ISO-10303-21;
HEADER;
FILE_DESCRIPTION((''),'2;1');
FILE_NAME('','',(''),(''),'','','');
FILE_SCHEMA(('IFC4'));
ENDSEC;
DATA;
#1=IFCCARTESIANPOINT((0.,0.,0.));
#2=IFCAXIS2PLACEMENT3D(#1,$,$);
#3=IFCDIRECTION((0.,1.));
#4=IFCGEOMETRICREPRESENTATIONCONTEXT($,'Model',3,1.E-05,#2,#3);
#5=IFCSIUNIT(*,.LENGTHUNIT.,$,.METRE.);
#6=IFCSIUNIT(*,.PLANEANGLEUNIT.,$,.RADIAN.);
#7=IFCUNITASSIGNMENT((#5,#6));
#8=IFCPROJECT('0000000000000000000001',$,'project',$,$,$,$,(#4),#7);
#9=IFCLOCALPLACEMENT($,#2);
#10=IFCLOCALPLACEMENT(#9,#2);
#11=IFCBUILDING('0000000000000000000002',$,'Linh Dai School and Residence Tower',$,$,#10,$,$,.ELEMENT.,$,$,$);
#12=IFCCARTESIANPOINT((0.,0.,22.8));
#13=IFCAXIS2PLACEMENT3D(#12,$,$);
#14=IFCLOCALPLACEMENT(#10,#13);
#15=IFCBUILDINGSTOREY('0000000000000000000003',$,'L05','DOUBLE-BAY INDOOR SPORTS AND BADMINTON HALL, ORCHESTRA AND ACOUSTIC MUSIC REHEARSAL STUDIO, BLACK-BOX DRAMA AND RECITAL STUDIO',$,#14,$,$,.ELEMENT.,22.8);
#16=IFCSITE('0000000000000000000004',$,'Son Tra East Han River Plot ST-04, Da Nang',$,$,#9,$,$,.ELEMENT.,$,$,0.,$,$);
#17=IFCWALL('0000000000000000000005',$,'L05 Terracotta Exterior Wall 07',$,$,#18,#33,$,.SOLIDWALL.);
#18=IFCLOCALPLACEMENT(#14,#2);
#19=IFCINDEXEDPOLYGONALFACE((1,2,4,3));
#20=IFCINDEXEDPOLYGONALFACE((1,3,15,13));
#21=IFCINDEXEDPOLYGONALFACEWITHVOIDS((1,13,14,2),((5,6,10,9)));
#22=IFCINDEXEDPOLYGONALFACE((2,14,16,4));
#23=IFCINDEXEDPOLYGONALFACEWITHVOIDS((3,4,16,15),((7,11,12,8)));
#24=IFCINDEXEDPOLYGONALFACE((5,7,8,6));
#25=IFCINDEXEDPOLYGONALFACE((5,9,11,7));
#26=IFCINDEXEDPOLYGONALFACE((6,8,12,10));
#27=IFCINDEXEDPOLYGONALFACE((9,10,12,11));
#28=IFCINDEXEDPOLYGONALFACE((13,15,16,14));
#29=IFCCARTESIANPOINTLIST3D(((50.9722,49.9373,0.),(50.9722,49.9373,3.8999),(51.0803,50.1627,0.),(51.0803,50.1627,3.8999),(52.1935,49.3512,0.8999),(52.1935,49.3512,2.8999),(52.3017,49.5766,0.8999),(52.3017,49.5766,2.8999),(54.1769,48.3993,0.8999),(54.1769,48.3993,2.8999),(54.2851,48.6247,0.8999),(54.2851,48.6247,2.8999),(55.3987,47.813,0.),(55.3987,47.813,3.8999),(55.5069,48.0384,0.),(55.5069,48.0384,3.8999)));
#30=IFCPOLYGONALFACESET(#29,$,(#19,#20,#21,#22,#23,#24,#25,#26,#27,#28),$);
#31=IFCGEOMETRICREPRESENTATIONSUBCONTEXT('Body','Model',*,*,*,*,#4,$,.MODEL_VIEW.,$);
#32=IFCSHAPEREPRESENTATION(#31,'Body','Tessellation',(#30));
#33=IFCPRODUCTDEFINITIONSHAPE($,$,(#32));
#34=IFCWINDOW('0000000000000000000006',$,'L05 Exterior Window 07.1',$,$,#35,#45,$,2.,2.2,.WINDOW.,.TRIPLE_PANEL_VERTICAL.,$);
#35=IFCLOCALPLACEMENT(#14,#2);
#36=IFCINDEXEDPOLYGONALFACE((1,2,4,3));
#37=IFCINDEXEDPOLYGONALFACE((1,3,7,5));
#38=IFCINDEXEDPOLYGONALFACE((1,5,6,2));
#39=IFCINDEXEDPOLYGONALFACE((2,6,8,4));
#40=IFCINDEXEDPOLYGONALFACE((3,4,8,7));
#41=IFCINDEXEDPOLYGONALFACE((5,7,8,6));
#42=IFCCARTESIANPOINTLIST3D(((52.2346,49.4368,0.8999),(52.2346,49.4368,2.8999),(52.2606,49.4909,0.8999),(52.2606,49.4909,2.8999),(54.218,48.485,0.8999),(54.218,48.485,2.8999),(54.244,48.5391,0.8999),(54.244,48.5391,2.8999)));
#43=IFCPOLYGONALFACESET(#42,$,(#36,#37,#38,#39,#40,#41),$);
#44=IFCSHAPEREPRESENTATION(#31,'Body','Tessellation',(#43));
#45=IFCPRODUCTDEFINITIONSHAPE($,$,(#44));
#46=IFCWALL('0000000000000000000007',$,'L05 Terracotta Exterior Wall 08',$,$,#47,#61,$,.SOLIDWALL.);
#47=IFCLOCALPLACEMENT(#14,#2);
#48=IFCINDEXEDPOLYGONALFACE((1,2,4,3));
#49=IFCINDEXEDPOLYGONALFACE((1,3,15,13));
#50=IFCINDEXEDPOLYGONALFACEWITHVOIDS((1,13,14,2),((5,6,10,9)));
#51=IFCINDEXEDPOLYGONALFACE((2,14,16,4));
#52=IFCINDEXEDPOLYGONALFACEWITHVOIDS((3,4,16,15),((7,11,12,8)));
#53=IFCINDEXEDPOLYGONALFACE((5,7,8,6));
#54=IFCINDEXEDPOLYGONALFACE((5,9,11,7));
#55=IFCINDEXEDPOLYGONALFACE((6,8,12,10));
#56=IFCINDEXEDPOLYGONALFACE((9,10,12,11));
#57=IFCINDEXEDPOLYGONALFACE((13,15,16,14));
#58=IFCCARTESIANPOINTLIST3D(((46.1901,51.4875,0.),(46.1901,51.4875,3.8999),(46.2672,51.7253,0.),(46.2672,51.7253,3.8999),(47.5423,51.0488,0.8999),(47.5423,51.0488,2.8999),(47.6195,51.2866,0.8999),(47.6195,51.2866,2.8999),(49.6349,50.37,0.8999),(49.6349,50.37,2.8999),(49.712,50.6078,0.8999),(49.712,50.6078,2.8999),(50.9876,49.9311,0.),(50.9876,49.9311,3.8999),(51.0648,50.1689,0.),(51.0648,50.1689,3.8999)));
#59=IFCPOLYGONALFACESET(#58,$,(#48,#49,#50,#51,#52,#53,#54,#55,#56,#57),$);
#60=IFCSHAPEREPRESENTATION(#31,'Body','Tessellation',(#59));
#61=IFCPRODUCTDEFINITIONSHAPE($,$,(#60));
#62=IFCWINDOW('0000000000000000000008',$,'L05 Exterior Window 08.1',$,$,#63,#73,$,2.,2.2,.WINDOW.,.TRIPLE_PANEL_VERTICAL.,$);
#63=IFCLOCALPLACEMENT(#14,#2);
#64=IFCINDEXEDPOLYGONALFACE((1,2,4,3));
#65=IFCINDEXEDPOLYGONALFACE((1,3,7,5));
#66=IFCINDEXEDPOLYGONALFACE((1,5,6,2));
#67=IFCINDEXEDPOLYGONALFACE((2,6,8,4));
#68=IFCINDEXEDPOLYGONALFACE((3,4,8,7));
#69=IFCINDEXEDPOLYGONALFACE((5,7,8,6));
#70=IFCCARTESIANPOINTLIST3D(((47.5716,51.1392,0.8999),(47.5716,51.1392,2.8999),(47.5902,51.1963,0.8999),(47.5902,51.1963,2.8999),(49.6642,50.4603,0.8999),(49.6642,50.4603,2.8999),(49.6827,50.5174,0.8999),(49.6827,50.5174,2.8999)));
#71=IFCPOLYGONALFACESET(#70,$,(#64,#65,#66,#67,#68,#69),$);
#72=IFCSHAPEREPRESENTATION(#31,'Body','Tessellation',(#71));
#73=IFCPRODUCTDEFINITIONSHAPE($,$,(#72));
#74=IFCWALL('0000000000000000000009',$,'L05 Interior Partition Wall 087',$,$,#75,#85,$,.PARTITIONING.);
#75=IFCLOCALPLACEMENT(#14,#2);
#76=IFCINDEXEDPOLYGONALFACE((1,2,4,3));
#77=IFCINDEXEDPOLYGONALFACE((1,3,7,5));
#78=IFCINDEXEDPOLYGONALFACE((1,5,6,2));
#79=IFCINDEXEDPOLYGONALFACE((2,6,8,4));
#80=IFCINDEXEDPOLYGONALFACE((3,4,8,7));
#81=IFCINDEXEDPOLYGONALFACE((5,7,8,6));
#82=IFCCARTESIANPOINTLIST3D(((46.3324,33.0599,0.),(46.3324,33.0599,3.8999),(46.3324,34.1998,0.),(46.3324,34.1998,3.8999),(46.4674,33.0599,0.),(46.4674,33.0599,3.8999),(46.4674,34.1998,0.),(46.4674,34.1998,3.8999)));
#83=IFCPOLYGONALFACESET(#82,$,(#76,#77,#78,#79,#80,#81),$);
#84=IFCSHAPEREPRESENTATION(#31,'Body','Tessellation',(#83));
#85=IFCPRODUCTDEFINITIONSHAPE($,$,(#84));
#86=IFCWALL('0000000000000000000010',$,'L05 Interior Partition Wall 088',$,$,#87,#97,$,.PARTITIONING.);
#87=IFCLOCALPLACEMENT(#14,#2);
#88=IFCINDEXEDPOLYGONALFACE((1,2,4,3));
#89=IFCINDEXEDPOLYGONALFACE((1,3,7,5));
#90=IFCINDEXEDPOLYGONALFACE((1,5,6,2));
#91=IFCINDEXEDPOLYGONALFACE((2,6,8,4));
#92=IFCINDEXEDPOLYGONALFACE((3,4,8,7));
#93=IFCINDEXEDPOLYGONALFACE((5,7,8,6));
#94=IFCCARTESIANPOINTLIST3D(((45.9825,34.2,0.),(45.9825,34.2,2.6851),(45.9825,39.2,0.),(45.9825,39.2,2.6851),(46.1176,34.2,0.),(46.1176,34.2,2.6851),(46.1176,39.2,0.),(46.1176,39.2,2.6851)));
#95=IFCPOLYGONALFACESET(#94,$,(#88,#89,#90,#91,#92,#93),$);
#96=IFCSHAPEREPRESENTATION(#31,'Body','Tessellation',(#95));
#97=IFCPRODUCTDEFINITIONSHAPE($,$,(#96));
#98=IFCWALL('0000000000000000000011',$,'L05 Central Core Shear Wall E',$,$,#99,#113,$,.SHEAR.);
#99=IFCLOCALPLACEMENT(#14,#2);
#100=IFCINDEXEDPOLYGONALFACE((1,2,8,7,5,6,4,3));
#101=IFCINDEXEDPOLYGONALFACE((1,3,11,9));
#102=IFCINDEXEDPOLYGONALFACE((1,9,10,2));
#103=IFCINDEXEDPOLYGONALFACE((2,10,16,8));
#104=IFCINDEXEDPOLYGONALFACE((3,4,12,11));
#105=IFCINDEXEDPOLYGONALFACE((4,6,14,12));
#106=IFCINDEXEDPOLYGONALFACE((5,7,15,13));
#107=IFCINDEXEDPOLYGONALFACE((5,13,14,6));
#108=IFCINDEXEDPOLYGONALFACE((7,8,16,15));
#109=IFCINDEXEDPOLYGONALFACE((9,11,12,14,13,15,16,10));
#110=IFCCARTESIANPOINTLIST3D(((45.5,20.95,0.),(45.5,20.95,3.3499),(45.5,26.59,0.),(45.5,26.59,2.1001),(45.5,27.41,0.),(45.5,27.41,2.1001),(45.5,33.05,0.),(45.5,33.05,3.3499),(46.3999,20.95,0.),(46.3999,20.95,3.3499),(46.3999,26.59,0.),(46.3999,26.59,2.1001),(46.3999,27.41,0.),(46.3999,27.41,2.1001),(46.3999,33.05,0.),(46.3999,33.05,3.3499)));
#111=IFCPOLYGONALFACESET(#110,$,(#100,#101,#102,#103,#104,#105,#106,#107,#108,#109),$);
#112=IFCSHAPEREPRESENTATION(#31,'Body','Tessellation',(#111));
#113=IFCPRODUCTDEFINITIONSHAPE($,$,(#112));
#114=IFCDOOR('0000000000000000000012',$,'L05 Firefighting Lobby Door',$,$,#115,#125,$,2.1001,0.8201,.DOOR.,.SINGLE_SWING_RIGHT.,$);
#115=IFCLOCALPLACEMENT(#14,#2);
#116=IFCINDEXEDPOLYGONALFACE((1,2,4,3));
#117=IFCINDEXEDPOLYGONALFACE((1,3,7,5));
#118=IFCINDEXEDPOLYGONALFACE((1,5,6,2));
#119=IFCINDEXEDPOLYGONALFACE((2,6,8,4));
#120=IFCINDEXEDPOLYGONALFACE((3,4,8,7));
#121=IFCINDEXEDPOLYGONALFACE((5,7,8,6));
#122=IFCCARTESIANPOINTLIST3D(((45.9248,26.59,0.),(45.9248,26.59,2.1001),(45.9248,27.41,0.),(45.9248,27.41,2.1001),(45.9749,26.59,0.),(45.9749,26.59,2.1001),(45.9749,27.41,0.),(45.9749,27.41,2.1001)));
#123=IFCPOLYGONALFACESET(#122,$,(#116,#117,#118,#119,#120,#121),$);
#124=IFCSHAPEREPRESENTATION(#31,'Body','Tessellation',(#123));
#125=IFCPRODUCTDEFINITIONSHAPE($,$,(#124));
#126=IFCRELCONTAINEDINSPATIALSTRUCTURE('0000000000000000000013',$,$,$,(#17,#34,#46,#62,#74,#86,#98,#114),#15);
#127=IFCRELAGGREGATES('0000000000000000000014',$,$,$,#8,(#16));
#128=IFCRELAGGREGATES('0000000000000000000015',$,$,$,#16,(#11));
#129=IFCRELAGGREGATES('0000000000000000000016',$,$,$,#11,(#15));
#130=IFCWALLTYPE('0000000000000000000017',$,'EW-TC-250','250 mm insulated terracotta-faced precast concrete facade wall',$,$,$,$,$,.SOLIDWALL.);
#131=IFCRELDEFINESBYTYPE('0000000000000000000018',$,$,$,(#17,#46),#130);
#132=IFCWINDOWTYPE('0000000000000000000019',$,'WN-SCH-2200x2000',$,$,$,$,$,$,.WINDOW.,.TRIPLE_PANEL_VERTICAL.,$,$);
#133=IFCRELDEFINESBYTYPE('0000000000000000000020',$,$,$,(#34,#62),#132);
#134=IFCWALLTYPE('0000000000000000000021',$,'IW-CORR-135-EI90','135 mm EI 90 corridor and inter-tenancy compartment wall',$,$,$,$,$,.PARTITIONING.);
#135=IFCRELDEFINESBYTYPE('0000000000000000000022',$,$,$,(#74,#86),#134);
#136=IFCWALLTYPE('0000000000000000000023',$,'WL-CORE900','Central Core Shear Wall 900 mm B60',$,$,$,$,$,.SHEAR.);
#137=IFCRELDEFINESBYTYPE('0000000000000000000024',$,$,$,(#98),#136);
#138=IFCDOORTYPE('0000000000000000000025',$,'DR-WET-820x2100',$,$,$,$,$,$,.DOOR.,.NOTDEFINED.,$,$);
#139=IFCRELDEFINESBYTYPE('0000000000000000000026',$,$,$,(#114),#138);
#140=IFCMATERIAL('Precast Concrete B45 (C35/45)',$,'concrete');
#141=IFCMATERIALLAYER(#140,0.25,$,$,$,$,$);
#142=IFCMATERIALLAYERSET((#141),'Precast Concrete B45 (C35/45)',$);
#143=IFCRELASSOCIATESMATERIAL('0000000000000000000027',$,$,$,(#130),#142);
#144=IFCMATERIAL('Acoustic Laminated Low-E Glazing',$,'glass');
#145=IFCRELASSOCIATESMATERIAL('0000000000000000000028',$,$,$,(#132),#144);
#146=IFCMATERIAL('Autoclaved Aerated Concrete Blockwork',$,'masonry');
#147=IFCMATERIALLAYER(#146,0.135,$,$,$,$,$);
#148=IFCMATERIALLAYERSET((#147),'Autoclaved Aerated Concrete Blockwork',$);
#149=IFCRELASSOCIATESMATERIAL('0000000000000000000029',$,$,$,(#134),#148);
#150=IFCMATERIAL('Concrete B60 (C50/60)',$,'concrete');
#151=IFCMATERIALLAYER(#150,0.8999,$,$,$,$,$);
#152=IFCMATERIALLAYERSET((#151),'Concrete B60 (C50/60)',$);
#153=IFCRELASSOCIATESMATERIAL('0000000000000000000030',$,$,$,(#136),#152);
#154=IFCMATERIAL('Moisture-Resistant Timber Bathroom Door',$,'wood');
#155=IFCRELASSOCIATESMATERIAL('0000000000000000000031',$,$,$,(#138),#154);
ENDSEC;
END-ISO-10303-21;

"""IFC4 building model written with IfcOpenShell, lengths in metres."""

from ifc_helpers import new_model, si_unit, direction, frame, frame_2d, origin, origin_2d, place, context, subcontext, project, spatial, rectangle, extrude, source, transform, mapped, material, layer, layer_set, type_object, element, fill, save


model = new_model("IFC4")

# Units and contexts
model_context = context("Model", 3, precision=1e-05, world=origin(), true_north=direction((0.0, 1.0)))
body_context = subcontext(model_context, "Body", "Model", "MODEL_VIEW")
ifc_project = project(units=[si_unit("LENGTHUNIT", "METRE"), si_unit("PLANEANGLEUNIT", "RADIAN")], contexts=[model_context])

# Site, building, storey
site_placement = place(None, origin())
site = spatial("IfcSite", under=ifc_project, at=site_placement, Name="Son Tra East Han River Plot ST-04, Da Nang", CompositionType="ELEMENT", RefElevation=0.0)
building_placement = place(site_placement, origin())
building = spatial("IfcBuilding", under=site, at=building_placement, Name="Linh Dai School and Residence Tower", CompositionType="ELEMENT")
storey_placement = place(building_placement, frame((0.0, 0.0, 22.8)))
storey = spatial("IfcBuildingStorey", under=building, at=storey_placement, Name="L05", Description="DOUBLE-BAY INDOOR SPORTS AND BADMINTON HALL, ORCHESTRA AND ACOUSTIC MUSIC REHEARSAL STUDIO, BLACK-BOX DRAMA AND RECITAL STUDIO", CompositionType="ELEMENT", Elevation=22.8)

# Shared definitions
ifc_material_1 = material(Name="Concrete B60 (C50/60)", Category="concrete")

# Shared definitions
ifc_material_2 = material(Name="Precast Concrete B45 (C35/45)", Category="concrete")
ifc_layer_1 = layer(ifc_material_2, 0.25)
ifc_layer_set_1 = layer_set([ifc_layer_1], Name="Precast Concrete B45 (C35/45)")
wall_type_1 = type_object("IfcWallType", Name="EW-TC-250", Description="250 mm insulated terracotta-faced precast concrete facade wall", PredefinedType="SOLIDWALL", material=ifc_layer_set_1)

# Shared definitions
ifc_material_3 = material(Name="Acoustic Laminated Low-E Glazing", Category="glass")
window_type = type_object("IfcWindowType", Name="WN-SCH-2200x2000", PartitioningType="TRIPLE_PANEL_VERTICAL", PredefinedType="WINDOW", material=ifc_material_3)
shared_shape_1 = source(origin(), body_context, "Body", "SweptSolid", [
    extrude(rectangle(XDim=2.2, YDim=2.0, at=origin_2d()), frame((1.1001, 0.03, 1.0), z_axis=(0.0, -1.0, 0.0), x_axis=(1.0, 0.0, 0.0)), (0.0, 0.0, 1.0), 0.0601),
])

# Walls, openings, windows
wall_1_placement = place(storey_placement, frame((51.0261, 50.05, 0.0), z_axis=(0.0, 0.0, 1.0), x_axis=(0.90156, -0.432655, 0.0)))
wall_1 = element("IfcWall", 1, at=wall_1_placement, inside=storey, type_object=wall_type_1, Name="L05 Terracotta Exterior Wall 07", PredefinedType="SOLIDWALL", context=body_context, shape_type="SweptSolid", body=[
    extrude(rectangle(XDim=4.9099, YDim=0.25, at=frame_2d((2.4551, 0.0))), origin(), (0.0, 0.0, 1.0), 3.8999),
])
opening_1_placement = place(wall_1_placement, frame((1.3547, 0.0, 0.8999)))
opening_1 = element("IfcOpeningElement", 2, at=opening_1_placement, cuts=wall_1, PredefinedType="OPENING", context=body_context, shape_type="SweptSolid", body=[
    extrude(rectangle(XDim=2.2, YDim=2.0, at=origin_2d()), frame((1.1001, 0.135, 1.0), z_axis=(0.0, -1.0, 0.0), x_axis=(1.0, 0.0, 0.0)), (0.0, 0.0, 1.0), 0.27),
])
window_1_placement = place(opening_1_placement, origin())
window_1 = element("IfcWindow", 3, at=window_1_placement, inside=storey, type_object=window_type, Name="L05 Exterior Window 07.1", OverallHeight=2.0, OverallWidth=2.2, PartitioningType="TRIPLE_PANEL_VERTICAL", PredefinedType="WINDOW", context=body_context, shape_type="MappedRepresentation", body=[
    mapped(shared_shape_1, transform((0.0, 0.0, 0.0), x_axis=(1.0, 0.0, 0.0), y_axis=(0.0, 1.0, 0.0), z_axis=(0.0, 0.0, 1.0), scale=1.0)),
])
fill(opening_1, window_1)
wall_2_placement = place(storey_placement, frame((46.2285, 51.6064, 0.0), z_axis=(0.0, 0.0, 1.0), x_axis=(0.951199, -0.308579, 0.0)))
wall_2 = element("IfcWall", 4, at=wall_2_placement, inside=storey, type_object=wall_type_1, Name="L05 Terracotta Exterior Wall 08", PredefinedType="SOLIDWALL", context=body_context, shape_type="SweptSolid", body=[
    extrude(rectangle(XDim=5.0437, YDim=0.25, at=frame_2d((2.522, 0.0))), origin(), (0.0, 0.0, 1.0), 3.8999),
])
opening_2_placement = place(wall_2_placement, frame((1.4216, 0.0, 0.8999)))
opening_2 = element("IfcOpeningElement", 5, at=opening_2_placement, cuts=wall_2, PredefinedType="OPENING", context=body_context, shape_type="SweptSolid", body=[
    extrude(rectangle(XDim=2.2, YDim=2.0, at=origin_2d()), frame((1.1001, 0.135, 1.0), z_axis=(0.0, -1.0, 0.0), x_axis=(1.0, 0.0, 0.0)), (0.0, 0.0, 1.0), 0.27),
])
window_2_placement = place(opening_2_placement, origin())
window_2 = element("IfcWindow", 6, at=window_2_placement, inside=storey, type_object=window_type, Name="L05 Exterior Window 08.1", OverallHeight=2.0, OverallWidth=2.2, PartitioningType="TRIPLE_PANEL_VERTICAL", PredefinedType="WINDOW", context=body_context, shape_type="MappedRepresentation", body=[
    mapped(shared_shape_1, transform((0.0, 0.0, 0.0), x_axis=(1.0, 0.0, 0.0), y_axis=(0.0, 1.0, 0.0), z_axis=(0.0, 0.0, 1.0), scale=1.0)),
])
fill(opening_2, window_2)

# Walls
ifc_material_4 = material(Name="Autoclaved Aerated Concrete Blockwork", Category="masonry")
ifc_layer_2 = layer(ifc_material_4, 0.135)
ifc_layer_set_2 = layer_set([ifc_layer_2], Name="Autoclaved Aerated Concrete Blockwork")
wall_type_2 = type_object("IfcWallType", Name="IW-CORR-135-EI90", Description="135 mm EI 90 corridor and inter-tenancy compartment wall", PredefinedType="PARTITIONING", material=ifc_layer_set_2)
wall_3_placement = place(storey_placement, frame((46.3999, 33.0601, 0.0), z_axis=(0.0, 0.0, 1.0), x_axis=(0.0, 1.0, 0.0)))
element("IfcWall", 7, at=wall_3_placement, inside=storey, type_object=wall_type_2, Name="L05 Interior Partition Wall 087", PredefinedType="PARTITIONING", context=body_context, shape_type="SweptSolid", body=[
    extrude(rectangle(XDim=1.1399, YDim=0.135, at=frame_2d((0.5698, 0.0))), origin(), (0.0, 0.0, 1.0), 3.8999),
])
wall_4_placement = place(storey_placement, frame((46.05, 34.2, 0.0), z_axis=(0.0, 0.0, 1.0), x_axis=(0.0, 1.0, 0.0)))
element("IfcWall", 8, at=wall_4_placement, inside=storey, type_object=wall_type_2, Name="L05 Interior Partition Wall 088", PredefinedType="PARTITIONING", context=body_context, shape_type="SweptSolid", body=[
    extrude(rectangle(XDim=5.0, YDim=0.135, at=frame_2d((2.5, 0.0))), origin(), (0.0, 0.0, 1.0), 2.6851),
])

# Wall, opening, door
ifc_layer_3 = layer(ifc_material_1, 0.8999)
ifc_layer_set_3 = layer_set([ifc_layer_3], Name="Concrete B60 (C50/60)")
wall_type_3 = type_object("IfcWallType", Name="WL-CORE900", Description="Central Core Shear Wall 900 mm B60", PredefinedType="SHEAR", material=ifc_layer_set_3)
wall_5_placement = place(storey_placement, frame((45.95, 33.05, 0.0), z_axis=(0.0, 0.0, 1.0), x_axis=(0.0, -1.0, 0.0)))
wall_5 = element("IfcWall", 9, at=wall_5_placement, inside=storey, type_object=wall_type_3, Name="L05 Central Core Shear Wall E", PredefinedType="SHEAR", context=body_context, shape_type="SweptSolid", body=[
    extrude(rectangle(XDim=12.1001, YDim=0.8999, at=frame_2d((6.05, 0.0))), origin(), (0.0, 0.0, 1.0), 3.3499),
])
opening_3_placement = place(wall_5_placement, frame((5.6399, 0.0, 0.0)))
opening_3 = element("IfcOpeningElement", 10, at=opening_3_placement, cuts=wall_5, PredefinedType="OPENING", context=body_context, shape_type="SweptSolid", body=[
    extrude(rectangle(XDim=0.8201, YDim=2.1001, at=origin_2d()), frame((0.4102, 0.46, 1.05), z_axis=(0.0, -1.0, 0.0), x_axis=(1.0, 0.0, 0.0)), (0.0, 0.0, 1.0), 0.9199),
])
ifc_material_5 = material(Name="Moisture-Resistant Timber Bathroom Door", Category="wood")
door_type = type_object("IfcDoorType", Name="DR-WET-820x2100", OperationType="NOTDEFINED", PredefinedType="DOOR", material=ifc_material_5)
shared_shape_2 = source(origin(), body_context, "Body", "SweptSolid", [
    extrude(rectangle(XDim=0.8201, YDim=2.1001, at=origin_2d()), frame((0.4102, 0.0249, 1.05), z_axis=(0.0, -1.0, 0.0), x_axis=(1.0, 0.0, 0.0)), (0.0, 0.0, 1.0), 0.05),
])
door_placement = place(opening_3_placement, origin())
door = element("IfcDoor", 11, at=door_placement, inside=storey, type_object=door_type, Name="L05 Firefighting Lobby Door", OperationType="SINGLE_SWING_RIGHT", OverallHeight=2.1001, OverallWidth=0.8201, PredefinedType="DOOR", context=body_context, shape_type="MappedRepresentation", body=[
    mapped(shared_shape_2, transform((0.0, 0.0, 0.0), x_axis=(1.0, 0.0, 0.0), y_axis=(0.0, 1.0, 0.0), z_axis=(0.0, 0.0, 1.0), scale=1.0)),
])
fill(opening_3, door)

save(model, "model.ifc")
